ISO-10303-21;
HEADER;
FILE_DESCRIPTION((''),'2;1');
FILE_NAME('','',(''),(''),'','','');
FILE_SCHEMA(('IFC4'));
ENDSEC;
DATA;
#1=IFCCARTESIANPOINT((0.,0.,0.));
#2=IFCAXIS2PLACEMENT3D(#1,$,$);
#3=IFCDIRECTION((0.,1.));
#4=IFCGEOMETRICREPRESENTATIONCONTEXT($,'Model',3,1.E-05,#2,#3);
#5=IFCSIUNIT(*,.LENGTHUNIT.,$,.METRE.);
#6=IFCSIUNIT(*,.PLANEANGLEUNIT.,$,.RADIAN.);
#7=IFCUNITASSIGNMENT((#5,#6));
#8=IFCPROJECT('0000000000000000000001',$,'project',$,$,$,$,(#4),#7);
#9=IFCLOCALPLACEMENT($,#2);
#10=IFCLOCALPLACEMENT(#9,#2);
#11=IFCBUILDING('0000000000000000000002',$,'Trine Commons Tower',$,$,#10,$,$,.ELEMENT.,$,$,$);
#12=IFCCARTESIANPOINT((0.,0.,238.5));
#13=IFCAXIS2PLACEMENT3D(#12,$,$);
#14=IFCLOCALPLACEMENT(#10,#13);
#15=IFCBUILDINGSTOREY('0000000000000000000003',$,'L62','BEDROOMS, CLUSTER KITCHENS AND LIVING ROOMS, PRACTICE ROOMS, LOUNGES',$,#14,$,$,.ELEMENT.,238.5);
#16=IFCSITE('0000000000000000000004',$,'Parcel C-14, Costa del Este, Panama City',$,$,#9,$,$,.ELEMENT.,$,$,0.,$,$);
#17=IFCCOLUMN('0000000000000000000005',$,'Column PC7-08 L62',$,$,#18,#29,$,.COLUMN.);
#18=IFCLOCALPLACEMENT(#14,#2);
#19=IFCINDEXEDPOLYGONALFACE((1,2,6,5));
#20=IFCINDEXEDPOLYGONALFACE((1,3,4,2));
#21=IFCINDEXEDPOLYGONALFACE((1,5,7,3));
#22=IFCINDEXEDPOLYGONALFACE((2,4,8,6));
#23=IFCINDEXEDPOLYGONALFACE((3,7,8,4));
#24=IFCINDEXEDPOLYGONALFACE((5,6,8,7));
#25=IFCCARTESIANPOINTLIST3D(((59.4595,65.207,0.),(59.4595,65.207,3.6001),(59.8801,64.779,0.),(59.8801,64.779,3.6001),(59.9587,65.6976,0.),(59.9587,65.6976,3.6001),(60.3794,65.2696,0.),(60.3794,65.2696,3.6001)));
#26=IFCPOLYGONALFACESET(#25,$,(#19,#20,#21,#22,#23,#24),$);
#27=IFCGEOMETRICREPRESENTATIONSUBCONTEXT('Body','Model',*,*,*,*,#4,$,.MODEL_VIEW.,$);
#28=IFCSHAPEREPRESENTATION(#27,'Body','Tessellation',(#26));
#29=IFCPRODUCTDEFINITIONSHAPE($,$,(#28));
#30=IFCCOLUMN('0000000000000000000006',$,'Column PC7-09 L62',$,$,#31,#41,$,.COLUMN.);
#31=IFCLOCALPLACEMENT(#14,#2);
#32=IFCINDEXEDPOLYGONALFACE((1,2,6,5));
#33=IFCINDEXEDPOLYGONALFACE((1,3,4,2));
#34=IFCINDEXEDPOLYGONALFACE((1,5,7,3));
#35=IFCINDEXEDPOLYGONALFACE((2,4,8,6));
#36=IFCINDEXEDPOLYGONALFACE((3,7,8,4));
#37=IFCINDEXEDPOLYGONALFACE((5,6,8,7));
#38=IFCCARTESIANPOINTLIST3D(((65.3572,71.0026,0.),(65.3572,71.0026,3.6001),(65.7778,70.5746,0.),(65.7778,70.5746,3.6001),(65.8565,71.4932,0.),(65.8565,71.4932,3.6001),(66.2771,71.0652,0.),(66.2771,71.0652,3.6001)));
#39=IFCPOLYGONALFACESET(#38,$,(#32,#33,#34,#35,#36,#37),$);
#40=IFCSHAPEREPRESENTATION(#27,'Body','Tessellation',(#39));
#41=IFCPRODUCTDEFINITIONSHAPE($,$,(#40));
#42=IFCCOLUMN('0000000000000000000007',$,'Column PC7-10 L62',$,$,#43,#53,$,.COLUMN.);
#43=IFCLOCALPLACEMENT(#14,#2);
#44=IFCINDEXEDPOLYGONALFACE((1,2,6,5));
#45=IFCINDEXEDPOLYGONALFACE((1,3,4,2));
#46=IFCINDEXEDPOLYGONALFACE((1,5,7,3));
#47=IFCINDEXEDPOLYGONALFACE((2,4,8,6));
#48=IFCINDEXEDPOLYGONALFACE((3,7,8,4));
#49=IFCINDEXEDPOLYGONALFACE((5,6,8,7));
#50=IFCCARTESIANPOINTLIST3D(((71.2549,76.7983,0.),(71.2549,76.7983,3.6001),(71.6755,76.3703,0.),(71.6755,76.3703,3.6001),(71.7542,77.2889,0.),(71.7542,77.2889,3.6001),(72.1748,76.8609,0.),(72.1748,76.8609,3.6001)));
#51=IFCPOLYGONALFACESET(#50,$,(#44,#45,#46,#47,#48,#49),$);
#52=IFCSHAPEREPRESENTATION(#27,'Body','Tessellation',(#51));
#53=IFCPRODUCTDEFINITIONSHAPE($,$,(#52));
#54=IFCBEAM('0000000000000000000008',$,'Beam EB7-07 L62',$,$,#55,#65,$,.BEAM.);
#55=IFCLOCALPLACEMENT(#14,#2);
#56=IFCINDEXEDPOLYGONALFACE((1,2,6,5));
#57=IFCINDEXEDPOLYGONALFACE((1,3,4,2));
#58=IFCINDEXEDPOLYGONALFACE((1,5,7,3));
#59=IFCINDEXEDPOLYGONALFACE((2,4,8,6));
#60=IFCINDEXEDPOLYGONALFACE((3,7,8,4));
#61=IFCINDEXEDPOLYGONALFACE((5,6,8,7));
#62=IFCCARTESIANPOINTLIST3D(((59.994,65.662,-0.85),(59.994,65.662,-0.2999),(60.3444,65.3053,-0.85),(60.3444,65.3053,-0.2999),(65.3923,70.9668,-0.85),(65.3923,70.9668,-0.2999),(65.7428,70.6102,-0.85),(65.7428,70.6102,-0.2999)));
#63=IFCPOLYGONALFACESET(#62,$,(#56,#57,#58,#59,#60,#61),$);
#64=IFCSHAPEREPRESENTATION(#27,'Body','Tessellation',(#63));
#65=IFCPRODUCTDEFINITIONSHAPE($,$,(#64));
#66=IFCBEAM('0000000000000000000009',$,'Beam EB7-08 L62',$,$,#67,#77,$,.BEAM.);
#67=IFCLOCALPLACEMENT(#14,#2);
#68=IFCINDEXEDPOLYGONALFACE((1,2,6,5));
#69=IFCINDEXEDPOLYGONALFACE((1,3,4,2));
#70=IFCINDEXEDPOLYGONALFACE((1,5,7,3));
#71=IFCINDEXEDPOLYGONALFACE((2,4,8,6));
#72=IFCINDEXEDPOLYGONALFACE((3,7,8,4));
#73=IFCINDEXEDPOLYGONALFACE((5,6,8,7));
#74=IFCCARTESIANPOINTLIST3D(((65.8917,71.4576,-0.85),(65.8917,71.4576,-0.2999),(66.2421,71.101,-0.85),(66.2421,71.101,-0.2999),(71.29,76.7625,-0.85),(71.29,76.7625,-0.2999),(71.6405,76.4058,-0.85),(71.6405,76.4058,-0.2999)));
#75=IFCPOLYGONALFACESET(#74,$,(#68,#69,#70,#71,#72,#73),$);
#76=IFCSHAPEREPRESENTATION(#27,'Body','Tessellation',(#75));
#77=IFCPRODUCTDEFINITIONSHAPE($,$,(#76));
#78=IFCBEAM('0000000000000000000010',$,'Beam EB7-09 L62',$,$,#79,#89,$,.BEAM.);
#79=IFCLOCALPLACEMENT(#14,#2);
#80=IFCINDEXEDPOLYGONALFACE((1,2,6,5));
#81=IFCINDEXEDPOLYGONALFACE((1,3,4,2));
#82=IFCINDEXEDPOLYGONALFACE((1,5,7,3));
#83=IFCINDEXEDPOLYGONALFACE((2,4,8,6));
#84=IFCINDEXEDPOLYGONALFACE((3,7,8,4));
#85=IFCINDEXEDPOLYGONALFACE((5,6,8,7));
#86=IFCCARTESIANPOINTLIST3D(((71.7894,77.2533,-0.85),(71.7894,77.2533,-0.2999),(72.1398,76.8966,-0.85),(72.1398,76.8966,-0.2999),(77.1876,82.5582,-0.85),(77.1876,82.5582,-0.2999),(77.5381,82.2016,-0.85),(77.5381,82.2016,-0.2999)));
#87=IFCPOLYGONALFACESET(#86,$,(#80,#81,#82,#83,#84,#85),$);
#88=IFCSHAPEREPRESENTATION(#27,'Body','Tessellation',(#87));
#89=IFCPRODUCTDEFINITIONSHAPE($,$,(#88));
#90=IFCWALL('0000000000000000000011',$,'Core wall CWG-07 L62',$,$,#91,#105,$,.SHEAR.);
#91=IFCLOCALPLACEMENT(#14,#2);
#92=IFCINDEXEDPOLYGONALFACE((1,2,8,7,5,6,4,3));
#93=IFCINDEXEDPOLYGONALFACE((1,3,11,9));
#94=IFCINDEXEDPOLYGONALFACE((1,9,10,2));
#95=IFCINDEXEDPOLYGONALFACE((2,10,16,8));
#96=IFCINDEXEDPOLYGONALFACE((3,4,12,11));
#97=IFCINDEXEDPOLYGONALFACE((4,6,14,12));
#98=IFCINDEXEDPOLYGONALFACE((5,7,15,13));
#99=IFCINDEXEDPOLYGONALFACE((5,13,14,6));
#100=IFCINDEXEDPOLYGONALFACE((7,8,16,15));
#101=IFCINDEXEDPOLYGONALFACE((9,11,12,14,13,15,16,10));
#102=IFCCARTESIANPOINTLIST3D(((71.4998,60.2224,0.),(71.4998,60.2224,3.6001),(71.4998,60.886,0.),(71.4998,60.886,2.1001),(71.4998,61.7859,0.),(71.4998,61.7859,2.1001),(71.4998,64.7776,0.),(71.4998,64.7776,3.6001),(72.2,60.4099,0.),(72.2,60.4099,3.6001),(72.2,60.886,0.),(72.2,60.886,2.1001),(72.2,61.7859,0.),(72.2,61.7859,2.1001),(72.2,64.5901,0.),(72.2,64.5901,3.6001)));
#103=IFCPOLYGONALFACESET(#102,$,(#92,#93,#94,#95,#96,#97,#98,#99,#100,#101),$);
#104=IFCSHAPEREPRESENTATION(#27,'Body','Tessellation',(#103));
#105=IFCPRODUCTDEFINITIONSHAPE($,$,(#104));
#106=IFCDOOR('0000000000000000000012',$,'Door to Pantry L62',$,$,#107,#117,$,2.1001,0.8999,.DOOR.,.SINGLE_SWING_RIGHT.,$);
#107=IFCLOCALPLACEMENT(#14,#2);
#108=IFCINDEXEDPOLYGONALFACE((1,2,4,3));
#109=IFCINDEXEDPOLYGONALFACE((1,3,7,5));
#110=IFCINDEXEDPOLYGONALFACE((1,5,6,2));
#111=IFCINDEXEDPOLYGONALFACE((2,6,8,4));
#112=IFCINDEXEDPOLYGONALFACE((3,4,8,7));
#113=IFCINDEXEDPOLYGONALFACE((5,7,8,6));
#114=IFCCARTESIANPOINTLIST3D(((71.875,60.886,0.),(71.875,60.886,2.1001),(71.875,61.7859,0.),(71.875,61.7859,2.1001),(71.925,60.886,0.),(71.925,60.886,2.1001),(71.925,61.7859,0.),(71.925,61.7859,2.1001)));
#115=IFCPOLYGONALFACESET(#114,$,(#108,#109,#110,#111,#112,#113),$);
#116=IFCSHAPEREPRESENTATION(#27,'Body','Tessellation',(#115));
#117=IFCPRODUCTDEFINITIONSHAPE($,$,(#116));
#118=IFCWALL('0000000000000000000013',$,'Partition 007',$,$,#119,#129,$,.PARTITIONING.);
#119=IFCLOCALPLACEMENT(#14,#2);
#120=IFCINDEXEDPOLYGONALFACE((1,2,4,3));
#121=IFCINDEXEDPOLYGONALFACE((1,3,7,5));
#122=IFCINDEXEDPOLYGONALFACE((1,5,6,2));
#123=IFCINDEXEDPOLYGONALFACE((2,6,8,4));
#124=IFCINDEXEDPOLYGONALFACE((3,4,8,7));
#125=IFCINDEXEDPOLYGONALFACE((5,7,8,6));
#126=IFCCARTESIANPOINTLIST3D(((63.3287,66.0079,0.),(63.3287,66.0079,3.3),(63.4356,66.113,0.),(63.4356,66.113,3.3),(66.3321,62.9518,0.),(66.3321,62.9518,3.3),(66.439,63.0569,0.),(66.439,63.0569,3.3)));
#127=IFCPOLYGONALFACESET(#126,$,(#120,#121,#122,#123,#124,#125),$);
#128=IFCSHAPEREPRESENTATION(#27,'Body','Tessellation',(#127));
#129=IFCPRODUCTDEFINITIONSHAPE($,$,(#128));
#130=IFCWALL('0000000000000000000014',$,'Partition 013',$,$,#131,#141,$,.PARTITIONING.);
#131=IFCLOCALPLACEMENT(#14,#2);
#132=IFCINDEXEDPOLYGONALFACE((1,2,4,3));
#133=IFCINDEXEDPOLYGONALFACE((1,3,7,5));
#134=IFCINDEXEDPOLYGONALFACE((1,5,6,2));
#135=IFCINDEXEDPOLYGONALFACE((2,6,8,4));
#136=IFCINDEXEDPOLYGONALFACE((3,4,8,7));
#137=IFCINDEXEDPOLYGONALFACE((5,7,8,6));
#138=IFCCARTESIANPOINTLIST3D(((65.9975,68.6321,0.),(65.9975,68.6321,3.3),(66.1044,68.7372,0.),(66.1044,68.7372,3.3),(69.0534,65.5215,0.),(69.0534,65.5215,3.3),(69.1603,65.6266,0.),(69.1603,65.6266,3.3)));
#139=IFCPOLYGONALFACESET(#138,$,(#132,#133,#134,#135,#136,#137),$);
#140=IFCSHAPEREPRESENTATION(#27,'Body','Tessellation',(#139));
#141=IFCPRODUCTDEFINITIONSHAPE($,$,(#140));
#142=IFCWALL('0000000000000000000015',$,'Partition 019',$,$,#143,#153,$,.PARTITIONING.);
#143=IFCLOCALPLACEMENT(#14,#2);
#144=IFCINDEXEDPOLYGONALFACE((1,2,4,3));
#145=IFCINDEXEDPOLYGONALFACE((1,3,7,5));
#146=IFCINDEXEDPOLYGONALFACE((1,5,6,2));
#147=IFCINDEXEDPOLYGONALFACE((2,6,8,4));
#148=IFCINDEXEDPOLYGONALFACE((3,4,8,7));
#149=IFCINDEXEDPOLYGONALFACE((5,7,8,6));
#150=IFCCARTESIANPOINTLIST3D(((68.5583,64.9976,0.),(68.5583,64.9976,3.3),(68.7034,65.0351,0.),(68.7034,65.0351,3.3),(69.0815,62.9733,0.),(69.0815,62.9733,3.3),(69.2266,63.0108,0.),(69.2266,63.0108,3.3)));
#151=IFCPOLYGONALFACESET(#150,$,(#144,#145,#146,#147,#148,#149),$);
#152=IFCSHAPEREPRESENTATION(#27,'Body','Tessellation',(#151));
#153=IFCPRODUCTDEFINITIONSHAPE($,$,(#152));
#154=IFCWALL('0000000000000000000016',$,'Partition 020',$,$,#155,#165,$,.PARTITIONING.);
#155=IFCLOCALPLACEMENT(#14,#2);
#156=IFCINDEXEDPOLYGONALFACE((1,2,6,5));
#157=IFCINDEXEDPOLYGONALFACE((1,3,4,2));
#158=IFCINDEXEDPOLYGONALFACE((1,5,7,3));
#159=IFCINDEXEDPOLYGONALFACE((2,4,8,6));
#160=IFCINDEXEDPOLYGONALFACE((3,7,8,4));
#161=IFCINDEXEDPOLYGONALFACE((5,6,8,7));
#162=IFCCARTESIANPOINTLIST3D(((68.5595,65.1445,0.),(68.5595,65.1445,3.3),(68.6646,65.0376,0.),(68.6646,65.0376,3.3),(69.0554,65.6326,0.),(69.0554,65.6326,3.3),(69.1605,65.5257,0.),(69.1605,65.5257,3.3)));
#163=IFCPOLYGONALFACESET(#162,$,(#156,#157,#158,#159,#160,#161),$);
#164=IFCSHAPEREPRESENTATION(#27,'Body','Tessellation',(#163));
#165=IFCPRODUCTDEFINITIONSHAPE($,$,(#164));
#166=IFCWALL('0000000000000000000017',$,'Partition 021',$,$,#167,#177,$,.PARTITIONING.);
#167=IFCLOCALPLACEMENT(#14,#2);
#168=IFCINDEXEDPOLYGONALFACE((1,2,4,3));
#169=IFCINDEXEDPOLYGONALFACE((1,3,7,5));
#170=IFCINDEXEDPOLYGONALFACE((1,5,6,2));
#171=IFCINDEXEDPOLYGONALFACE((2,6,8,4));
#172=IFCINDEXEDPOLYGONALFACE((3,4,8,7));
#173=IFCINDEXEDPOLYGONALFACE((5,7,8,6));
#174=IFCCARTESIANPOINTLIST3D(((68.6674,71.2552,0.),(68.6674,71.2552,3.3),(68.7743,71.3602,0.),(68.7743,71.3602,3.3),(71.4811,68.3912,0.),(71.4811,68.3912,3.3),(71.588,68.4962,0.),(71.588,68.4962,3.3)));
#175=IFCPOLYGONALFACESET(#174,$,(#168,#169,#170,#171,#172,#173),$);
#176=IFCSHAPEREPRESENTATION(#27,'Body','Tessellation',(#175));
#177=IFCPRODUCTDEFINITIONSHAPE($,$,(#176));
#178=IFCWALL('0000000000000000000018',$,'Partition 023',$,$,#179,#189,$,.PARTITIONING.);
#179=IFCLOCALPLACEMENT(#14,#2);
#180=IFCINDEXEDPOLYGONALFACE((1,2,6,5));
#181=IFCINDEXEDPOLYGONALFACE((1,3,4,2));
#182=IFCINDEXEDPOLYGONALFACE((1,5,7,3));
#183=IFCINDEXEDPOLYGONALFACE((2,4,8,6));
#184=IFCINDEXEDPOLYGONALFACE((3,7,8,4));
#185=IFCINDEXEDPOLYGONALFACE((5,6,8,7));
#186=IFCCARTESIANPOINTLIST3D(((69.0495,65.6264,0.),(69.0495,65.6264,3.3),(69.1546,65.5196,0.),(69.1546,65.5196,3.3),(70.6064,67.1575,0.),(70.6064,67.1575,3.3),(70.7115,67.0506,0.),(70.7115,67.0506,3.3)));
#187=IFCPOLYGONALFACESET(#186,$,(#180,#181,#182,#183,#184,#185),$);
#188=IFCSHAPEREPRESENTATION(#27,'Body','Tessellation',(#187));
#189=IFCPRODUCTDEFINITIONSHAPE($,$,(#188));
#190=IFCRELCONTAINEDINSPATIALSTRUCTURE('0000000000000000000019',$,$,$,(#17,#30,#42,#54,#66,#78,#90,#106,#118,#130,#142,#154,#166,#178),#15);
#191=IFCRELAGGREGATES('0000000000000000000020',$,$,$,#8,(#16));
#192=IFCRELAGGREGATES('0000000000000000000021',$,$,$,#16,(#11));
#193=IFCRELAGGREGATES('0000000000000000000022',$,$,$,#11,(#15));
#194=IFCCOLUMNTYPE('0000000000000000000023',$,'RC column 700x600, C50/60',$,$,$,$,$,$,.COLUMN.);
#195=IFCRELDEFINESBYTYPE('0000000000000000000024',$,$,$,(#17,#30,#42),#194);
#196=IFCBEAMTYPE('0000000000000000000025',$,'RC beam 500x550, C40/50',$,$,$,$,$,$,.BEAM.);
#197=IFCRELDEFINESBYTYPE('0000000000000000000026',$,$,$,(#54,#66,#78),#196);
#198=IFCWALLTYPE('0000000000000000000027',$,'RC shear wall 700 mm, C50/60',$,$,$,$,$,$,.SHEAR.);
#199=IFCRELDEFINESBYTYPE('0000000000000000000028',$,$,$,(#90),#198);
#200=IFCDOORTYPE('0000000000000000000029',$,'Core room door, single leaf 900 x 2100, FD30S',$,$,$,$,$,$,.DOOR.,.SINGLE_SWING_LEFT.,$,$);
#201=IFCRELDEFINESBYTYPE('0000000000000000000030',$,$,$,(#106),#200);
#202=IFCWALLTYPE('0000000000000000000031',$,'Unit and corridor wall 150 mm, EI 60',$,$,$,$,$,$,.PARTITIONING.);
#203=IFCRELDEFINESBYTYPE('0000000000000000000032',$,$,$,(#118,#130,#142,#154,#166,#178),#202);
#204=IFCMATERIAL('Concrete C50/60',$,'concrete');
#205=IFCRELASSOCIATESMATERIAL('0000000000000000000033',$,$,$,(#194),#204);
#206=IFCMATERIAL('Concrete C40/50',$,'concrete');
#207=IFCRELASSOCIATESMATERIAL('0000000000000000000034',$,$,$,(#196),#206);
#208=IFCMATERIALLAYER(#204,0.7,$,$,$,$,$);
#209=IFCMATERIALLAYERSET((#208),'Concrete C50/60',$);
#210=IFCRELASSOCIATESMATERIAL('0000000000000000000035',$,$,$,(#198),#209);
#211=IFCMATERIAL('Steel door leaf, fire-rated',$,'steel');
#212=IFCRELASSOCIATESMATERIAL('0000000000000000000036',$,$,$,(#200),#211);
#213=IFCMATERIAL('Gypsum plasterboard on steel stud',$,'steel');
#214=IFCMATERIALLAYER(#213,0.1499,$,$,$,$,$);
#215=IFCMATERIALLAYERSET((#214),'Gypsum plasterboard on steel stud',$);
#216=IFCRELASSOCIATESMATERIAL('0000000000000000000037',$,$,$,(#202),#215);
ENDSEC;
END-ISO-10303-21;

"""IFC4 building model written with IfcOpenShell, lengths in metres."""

from ifc_helpers import new_model, si_unit, direction, frame, frame_2d, origin, origin_2d, place, context, subcontext, project, spatial, polyline, rectangle, outline, extrude, material, layer, layer_set, material_profile, profile_set, type_object, element, fill, save


model = new_model("IFC4")

# Units and contexts
model_context = context("Model", 3, precision=1e-05, world=origin(), true_north=direction((0.0, 1.0)))
body_context = subcontext(model_context, "Body", "Model", "MODEL_VIEW")
ifc_project = project(units=[si_unit("LENGTHUNIT", "METRE"), si_unit("PLANEANGLEUNIT", "RADIAN")], contexts=[model_context])

# Site, building, storey
site_placement = place(None, origin())
site = spatial("IfcSite", under=ifc_project, at=site_placement, Name="Parcel C-14, Costa del Este, Panama City", CompositionType="ELEMENT", RefElevation=0.0)
building_placement = place(site_placement, origin())
building = spatial("IfcBuilding", under=site, at=building_placement, Name="Trine Commons Tower", CompositionType="ELEMENT")
storey_placement = place(building_placement, frame((0.0, 0.0, 238.5)))
storey = spatial("IfcBuildingStorey", under=building, at=storey_placement, Name="L62", Description="BEDROOMS, CLUSTER KITCHENS AND LIVING ROOMS, PRACTICE ROOMS, LOUNGES", CompositionType="ELEMENT", Elevation=238.5)

# Columns
ifc_material_1 = material(Name="Concrete C50/60", Category="concrete")
ifc_material_profile_1 = material_profile(ifc_material_1, rectangle(XDim=0.7, YDim=0.6001, at=origin_2d()), Name="RC 700x600")
ifc_profile_set_1 = profile_set([ifc_material_profile_1], Name="Concrete C50/60")
column_type = type_object("IfcColumnType", Name="RC column 700x600, C50/60", PredefinedType="COLUMN", material=ifc_profile_set_1)
for number, where, z_axis, x_axis, name in (
    (1, (59.9194, 65.2383, 0.0), (0.0, 0.0, 1.0), (0.71325, 0.700909, 0.0), "Column PC7-08 L62"),
    (2, (65.8171, 71.0339, 0.0), (0.0, 0.0, 1.0), (0.71325, 0.700909, 0.0), "Column PC7-09 L62"),
    (3, (71.7148, 76.8296, 0.0), (0.0, 0.0, 1.0), (0.71325, 0.700909, 0.0), "Column PC7-10 L62"),
):
    element("IfcColumn", number, at=place(storey_placement, frame(where, z_axis=z_axis, x_axis=x_axis)), inside=storey, type_object=column_type, Name=name, PredefinedType="COLUMN", context=body_context, shape_type="SweptSolid", body=[
        extrude(rectangle(XDim=0.7, YDim=0.6001, at=origin_2d()), origin(), (0.0, 0.0, 1.0), 3.6001),
    ])

# Beams
ifc_material_2 = material(Name="Concrete C40/50", Category="concrete")
ifc_material_profile_2 = material_profile(ifc_material_2, rectangle(XDim=0.5, YDim=0.55, at=origin_2d()), Name="RC 500x550")
ifc_profile_set_2 = profile_set([ifc_material_profile_2], Name="Concrete C40/50")
beam_type = type_object("IfcBeamType", Name="RC beam 500x550, C40/50", PredefinedType="BEAM", material=ifc_profile_set_2)
for number, where, z_axis, x_axis, name in (
    (4, (60.1692, 65.4836, -0.575), (0.713257, 0.700903, 0.0), (-0.700903, 0.713257, 0.0), "Beam EB7-07 L62"),
    (5, (66.0669, 71.2793, -0.575), (0.713257, 0.700903, 0.0), (-0.700903, 0.713257, 0.0), "Beam EB7-08 L62"),
    (6, (71.9646, 77.075, -0.575), (0.713241, 0.700919, 0.0), (-0.700919, 0.713241, 0.0), "Beam EB7-09 L62"),
):
    element("IfcBeam", number, at=place(storey_placement, frame(where, z_axis=z_axis, x_axis=x_axis)), inside=storey, type_object=beam_type, Name=name, PredefinedType="BEAM", context=body_context, shape_type="SweptSolid", body=[
        extrude(rectangle(XDim=0.5, YDim=0.55, at=origin_2d()), origin(), (0.0, 0.0, 1.0), 7.5686),
    ])

# Wall, opening, door
ifc_layer_1 = layer(ifc_material_1, 0.7)
ifc_layer_set_1 = layer_set([ifc_layer_1], Name="Concrete C50/60")
wall_type_1 = type_object("IfcWallType", Name="RC shear wall 700 mm, C50/60", PredefinedType="SHEAR", material=ifc_layer_set_1)
wall_1_placement = place(storey_placement, frame((71.8499, 64.7776, 0.0), z_axis=(0.0, 0.0, 1.0), x_axis=(0.0, -1.0, 0.0)))
wall_1 = element("IfcWall", 7, at=wall_1_placement, inside=storey, type_object=wall_type_1, Name="Core wall CWG-07 L62", PredefinedType="SHEAR", context=body_context, shape_type="SweptSolid", body=[
    extrude(outline(polyline([(0.0, -0.3501), (4.5552, -0.3501), (4.3677, 0.3501), (0.1875, 0.3501), (0.0, -0.3501)])), origin(), (0.0, 0.0, 1.0), 3.6001),
])
opening_1_placement = place(wall_1_placement, frame((2.9917, 0.0, 0.0)))
opening_1 = element("IfcOpeningElement", 8, at=opening_1_placement, cuts=wall_1, PredefinedType="OPENING", context=body_context, shape_type="SweptSolid", body=[
    extrude(rectangle(XDim=0.8999, YDim=2.1001, at=frame_2d((0.45, 1.05))), frame((0.0, 0.3599, 0.0), z_axis=(0.0, -1.0, 0.0), x_axis=(1.0, 0.0, 0.0)), (0.0, 0.0, 1.0), 0.72),
])
ifc_material_3 = material(Name="Steel door leaf, fire-rated", Category="steel")
door_type_1 = type_object("IfcDoorType", Name="Core room door, single leaf 900 x 2100, FD30S", OperationType="SINGLE_SWING_LEFT", PredefinedType="DOOR", material=ifc_material_3)
door_1_placement = place(opening_1_placement, origin())
door_1 = element("IfcDoor", 9, at=door_1_placement, inside=storey, type_object=door_type_1, Name="Door to Pantry L62", OperationType="SINGLE_SWING_RIGHT", OverallHeight=2.1001, OverallWidth=0.8999, PredefinedType="DOOR", context=body_context, shape_type="SweptSolid", body=[
    extrude(rectangle(XDim=0.8999, YDim=2.1001, at=frame_2d((0.45, 1.05))), frame((0.0, 0.0752, 0.0), z_axis=(0.0, -1.0, 0.0), x_axis=(1.0, 0.0, 0.0)), (0.0, 0.0, 1.0), 0.05),
])
fill(opening_1, door_1)

# Walls
ifc_material_4 = material(Name="Gypsum plasterboard on steel stud", Category="steel")
ifc_layer_2 = layer(ifc_material_4, 0.1499)
ifc_layer_set_2 = layer_set([ifc_layer_2], Name="Gypsum plasterboard on steel stud")
wall_type_2 = type_object("IfcWallType", Name="Unit and corridor wall 150 mm, EI 60", PredefinedType="PARTITIONING", material=ifc_layer_set_2)
wall_2_placement = place(storey_placement, frame((63.3821, 66.0605, 0.0), z_axis=(0.0, 0.0, 1.0), x_axis=(0.700927, -0.713233, 0.0)))
element("IfcWall", 10, at=wall_2_placement, inside=storey, type_object=wall_type_2, Name="Partition 007", PredefinedType="PARTITIONING", context=body_context, shape_type="SweptSolid", body=[
    extrude(rectangle(XDim=4.2849, YDim=0.1499, at=frame_2d((2.1426, 0.0))), origin(), (0.0, 0.0, 1.0), 3.3),
])
wall_3_placement = place(storey_placement, frame((66.051, 68.6846, 0.0), z_axis=(0.0, 0.0, 1.0), x_axis=(0.700808, -0.71335, 0.0)))
element("IfcWall", 11, at=wall_3_placement, inside=storey, type_object=wall_type_2, Name="Partition 013", PredefinedType="PARTITIONING", context=body_context, shape_type="SweptSolid", body=[
    extrude(rectangle(XDim=4.3606, YDim=0.1499, at=frame_2d((2.1802, 0.0))), origin(), (0.0, 0.0, 1.0), 3.3),
])
wall_4_placement = place(storey_placement, frame((68.6309, 65.0164, 0.0), z_axis=(0.0, 0.0, 1.0), x_axis=(0.250221, -0.968189, 0.0)))
element("IfcWall", 12, at=wall_4_placement, inside=storey, type_object=wall_type_2, Name="Partition 019", PredefinedType="PARTITIONING", context=body_context, shape_type="SweptSolid", body=[
    extrude(rectangle(XDim=2.0908, YDim=0.1499, at=frame_2d((1.0454, 0.0))), origin(), (0.0, 0.0, 1.0), 3.3),
])
wall_5_placement = place(storey_placement, frame((68.6121, 65.0911, 0.0), z_axis=(0.0, 0.0, 1.0), x_axis=(0.712699, 0.70147, 0.0)))
element("IfcWall", 13, at=wall_5_placement, inside=storey, type_object=wall_type_2, Name="Partition 020", PredefinedType="PARTITIONING", context=body_context, shape_type="SweptSolid", body=[
    extrude(rectangle(XDim=0.6958, YDim=0.1499, at=frame_2d((0.3479, 0.0))), origin(), (0.0, 0.0, 1.0), 3.3),
])
wall_6_placement = place(storey_placement, frame((68.7209, 71.3076, 0.0), z_axis=(0.0, 0.0, 1.0), x_axis=(0.700816, -0.713342, 0.0)))
element("IfcWall", 14, at=wall_6_placement, inside=storey, type_object=wall_type_2, Name="Partition 021", PredefinedType="PARTITIONING", context=body_context, shape_type="SweptSolid", body=[
    extrude(rectangle(XDim=4.0149, YDim=0.1499, at=frame_2d((2.0073, 0.0))), origin(), (0.0, 0.0, 1.0), 3.3),
])
wall_7_placement = place(storey_placement, frame((69.1021, 65.573, 0.0), z_axis=(0.0, 0.0, 1.0), x_axis=(0.713008, 0.701156, 0.0)))
element("IfcWall", 15, at=wall_7_placement, inside=storey, type_object=wall_type_2, Name="Partition 023", PredefinedType="PARTITIONING", context=body_context, shape_type="SweptSolid", body=[
    extrude(rectangle(XDim=2.1836, YDim=0.1499, at=frame_2d((1.0918, 0.0))), origin(), (0.0, 0.0, 1.0), 3.3),
])

save(model, "model.ifc")
